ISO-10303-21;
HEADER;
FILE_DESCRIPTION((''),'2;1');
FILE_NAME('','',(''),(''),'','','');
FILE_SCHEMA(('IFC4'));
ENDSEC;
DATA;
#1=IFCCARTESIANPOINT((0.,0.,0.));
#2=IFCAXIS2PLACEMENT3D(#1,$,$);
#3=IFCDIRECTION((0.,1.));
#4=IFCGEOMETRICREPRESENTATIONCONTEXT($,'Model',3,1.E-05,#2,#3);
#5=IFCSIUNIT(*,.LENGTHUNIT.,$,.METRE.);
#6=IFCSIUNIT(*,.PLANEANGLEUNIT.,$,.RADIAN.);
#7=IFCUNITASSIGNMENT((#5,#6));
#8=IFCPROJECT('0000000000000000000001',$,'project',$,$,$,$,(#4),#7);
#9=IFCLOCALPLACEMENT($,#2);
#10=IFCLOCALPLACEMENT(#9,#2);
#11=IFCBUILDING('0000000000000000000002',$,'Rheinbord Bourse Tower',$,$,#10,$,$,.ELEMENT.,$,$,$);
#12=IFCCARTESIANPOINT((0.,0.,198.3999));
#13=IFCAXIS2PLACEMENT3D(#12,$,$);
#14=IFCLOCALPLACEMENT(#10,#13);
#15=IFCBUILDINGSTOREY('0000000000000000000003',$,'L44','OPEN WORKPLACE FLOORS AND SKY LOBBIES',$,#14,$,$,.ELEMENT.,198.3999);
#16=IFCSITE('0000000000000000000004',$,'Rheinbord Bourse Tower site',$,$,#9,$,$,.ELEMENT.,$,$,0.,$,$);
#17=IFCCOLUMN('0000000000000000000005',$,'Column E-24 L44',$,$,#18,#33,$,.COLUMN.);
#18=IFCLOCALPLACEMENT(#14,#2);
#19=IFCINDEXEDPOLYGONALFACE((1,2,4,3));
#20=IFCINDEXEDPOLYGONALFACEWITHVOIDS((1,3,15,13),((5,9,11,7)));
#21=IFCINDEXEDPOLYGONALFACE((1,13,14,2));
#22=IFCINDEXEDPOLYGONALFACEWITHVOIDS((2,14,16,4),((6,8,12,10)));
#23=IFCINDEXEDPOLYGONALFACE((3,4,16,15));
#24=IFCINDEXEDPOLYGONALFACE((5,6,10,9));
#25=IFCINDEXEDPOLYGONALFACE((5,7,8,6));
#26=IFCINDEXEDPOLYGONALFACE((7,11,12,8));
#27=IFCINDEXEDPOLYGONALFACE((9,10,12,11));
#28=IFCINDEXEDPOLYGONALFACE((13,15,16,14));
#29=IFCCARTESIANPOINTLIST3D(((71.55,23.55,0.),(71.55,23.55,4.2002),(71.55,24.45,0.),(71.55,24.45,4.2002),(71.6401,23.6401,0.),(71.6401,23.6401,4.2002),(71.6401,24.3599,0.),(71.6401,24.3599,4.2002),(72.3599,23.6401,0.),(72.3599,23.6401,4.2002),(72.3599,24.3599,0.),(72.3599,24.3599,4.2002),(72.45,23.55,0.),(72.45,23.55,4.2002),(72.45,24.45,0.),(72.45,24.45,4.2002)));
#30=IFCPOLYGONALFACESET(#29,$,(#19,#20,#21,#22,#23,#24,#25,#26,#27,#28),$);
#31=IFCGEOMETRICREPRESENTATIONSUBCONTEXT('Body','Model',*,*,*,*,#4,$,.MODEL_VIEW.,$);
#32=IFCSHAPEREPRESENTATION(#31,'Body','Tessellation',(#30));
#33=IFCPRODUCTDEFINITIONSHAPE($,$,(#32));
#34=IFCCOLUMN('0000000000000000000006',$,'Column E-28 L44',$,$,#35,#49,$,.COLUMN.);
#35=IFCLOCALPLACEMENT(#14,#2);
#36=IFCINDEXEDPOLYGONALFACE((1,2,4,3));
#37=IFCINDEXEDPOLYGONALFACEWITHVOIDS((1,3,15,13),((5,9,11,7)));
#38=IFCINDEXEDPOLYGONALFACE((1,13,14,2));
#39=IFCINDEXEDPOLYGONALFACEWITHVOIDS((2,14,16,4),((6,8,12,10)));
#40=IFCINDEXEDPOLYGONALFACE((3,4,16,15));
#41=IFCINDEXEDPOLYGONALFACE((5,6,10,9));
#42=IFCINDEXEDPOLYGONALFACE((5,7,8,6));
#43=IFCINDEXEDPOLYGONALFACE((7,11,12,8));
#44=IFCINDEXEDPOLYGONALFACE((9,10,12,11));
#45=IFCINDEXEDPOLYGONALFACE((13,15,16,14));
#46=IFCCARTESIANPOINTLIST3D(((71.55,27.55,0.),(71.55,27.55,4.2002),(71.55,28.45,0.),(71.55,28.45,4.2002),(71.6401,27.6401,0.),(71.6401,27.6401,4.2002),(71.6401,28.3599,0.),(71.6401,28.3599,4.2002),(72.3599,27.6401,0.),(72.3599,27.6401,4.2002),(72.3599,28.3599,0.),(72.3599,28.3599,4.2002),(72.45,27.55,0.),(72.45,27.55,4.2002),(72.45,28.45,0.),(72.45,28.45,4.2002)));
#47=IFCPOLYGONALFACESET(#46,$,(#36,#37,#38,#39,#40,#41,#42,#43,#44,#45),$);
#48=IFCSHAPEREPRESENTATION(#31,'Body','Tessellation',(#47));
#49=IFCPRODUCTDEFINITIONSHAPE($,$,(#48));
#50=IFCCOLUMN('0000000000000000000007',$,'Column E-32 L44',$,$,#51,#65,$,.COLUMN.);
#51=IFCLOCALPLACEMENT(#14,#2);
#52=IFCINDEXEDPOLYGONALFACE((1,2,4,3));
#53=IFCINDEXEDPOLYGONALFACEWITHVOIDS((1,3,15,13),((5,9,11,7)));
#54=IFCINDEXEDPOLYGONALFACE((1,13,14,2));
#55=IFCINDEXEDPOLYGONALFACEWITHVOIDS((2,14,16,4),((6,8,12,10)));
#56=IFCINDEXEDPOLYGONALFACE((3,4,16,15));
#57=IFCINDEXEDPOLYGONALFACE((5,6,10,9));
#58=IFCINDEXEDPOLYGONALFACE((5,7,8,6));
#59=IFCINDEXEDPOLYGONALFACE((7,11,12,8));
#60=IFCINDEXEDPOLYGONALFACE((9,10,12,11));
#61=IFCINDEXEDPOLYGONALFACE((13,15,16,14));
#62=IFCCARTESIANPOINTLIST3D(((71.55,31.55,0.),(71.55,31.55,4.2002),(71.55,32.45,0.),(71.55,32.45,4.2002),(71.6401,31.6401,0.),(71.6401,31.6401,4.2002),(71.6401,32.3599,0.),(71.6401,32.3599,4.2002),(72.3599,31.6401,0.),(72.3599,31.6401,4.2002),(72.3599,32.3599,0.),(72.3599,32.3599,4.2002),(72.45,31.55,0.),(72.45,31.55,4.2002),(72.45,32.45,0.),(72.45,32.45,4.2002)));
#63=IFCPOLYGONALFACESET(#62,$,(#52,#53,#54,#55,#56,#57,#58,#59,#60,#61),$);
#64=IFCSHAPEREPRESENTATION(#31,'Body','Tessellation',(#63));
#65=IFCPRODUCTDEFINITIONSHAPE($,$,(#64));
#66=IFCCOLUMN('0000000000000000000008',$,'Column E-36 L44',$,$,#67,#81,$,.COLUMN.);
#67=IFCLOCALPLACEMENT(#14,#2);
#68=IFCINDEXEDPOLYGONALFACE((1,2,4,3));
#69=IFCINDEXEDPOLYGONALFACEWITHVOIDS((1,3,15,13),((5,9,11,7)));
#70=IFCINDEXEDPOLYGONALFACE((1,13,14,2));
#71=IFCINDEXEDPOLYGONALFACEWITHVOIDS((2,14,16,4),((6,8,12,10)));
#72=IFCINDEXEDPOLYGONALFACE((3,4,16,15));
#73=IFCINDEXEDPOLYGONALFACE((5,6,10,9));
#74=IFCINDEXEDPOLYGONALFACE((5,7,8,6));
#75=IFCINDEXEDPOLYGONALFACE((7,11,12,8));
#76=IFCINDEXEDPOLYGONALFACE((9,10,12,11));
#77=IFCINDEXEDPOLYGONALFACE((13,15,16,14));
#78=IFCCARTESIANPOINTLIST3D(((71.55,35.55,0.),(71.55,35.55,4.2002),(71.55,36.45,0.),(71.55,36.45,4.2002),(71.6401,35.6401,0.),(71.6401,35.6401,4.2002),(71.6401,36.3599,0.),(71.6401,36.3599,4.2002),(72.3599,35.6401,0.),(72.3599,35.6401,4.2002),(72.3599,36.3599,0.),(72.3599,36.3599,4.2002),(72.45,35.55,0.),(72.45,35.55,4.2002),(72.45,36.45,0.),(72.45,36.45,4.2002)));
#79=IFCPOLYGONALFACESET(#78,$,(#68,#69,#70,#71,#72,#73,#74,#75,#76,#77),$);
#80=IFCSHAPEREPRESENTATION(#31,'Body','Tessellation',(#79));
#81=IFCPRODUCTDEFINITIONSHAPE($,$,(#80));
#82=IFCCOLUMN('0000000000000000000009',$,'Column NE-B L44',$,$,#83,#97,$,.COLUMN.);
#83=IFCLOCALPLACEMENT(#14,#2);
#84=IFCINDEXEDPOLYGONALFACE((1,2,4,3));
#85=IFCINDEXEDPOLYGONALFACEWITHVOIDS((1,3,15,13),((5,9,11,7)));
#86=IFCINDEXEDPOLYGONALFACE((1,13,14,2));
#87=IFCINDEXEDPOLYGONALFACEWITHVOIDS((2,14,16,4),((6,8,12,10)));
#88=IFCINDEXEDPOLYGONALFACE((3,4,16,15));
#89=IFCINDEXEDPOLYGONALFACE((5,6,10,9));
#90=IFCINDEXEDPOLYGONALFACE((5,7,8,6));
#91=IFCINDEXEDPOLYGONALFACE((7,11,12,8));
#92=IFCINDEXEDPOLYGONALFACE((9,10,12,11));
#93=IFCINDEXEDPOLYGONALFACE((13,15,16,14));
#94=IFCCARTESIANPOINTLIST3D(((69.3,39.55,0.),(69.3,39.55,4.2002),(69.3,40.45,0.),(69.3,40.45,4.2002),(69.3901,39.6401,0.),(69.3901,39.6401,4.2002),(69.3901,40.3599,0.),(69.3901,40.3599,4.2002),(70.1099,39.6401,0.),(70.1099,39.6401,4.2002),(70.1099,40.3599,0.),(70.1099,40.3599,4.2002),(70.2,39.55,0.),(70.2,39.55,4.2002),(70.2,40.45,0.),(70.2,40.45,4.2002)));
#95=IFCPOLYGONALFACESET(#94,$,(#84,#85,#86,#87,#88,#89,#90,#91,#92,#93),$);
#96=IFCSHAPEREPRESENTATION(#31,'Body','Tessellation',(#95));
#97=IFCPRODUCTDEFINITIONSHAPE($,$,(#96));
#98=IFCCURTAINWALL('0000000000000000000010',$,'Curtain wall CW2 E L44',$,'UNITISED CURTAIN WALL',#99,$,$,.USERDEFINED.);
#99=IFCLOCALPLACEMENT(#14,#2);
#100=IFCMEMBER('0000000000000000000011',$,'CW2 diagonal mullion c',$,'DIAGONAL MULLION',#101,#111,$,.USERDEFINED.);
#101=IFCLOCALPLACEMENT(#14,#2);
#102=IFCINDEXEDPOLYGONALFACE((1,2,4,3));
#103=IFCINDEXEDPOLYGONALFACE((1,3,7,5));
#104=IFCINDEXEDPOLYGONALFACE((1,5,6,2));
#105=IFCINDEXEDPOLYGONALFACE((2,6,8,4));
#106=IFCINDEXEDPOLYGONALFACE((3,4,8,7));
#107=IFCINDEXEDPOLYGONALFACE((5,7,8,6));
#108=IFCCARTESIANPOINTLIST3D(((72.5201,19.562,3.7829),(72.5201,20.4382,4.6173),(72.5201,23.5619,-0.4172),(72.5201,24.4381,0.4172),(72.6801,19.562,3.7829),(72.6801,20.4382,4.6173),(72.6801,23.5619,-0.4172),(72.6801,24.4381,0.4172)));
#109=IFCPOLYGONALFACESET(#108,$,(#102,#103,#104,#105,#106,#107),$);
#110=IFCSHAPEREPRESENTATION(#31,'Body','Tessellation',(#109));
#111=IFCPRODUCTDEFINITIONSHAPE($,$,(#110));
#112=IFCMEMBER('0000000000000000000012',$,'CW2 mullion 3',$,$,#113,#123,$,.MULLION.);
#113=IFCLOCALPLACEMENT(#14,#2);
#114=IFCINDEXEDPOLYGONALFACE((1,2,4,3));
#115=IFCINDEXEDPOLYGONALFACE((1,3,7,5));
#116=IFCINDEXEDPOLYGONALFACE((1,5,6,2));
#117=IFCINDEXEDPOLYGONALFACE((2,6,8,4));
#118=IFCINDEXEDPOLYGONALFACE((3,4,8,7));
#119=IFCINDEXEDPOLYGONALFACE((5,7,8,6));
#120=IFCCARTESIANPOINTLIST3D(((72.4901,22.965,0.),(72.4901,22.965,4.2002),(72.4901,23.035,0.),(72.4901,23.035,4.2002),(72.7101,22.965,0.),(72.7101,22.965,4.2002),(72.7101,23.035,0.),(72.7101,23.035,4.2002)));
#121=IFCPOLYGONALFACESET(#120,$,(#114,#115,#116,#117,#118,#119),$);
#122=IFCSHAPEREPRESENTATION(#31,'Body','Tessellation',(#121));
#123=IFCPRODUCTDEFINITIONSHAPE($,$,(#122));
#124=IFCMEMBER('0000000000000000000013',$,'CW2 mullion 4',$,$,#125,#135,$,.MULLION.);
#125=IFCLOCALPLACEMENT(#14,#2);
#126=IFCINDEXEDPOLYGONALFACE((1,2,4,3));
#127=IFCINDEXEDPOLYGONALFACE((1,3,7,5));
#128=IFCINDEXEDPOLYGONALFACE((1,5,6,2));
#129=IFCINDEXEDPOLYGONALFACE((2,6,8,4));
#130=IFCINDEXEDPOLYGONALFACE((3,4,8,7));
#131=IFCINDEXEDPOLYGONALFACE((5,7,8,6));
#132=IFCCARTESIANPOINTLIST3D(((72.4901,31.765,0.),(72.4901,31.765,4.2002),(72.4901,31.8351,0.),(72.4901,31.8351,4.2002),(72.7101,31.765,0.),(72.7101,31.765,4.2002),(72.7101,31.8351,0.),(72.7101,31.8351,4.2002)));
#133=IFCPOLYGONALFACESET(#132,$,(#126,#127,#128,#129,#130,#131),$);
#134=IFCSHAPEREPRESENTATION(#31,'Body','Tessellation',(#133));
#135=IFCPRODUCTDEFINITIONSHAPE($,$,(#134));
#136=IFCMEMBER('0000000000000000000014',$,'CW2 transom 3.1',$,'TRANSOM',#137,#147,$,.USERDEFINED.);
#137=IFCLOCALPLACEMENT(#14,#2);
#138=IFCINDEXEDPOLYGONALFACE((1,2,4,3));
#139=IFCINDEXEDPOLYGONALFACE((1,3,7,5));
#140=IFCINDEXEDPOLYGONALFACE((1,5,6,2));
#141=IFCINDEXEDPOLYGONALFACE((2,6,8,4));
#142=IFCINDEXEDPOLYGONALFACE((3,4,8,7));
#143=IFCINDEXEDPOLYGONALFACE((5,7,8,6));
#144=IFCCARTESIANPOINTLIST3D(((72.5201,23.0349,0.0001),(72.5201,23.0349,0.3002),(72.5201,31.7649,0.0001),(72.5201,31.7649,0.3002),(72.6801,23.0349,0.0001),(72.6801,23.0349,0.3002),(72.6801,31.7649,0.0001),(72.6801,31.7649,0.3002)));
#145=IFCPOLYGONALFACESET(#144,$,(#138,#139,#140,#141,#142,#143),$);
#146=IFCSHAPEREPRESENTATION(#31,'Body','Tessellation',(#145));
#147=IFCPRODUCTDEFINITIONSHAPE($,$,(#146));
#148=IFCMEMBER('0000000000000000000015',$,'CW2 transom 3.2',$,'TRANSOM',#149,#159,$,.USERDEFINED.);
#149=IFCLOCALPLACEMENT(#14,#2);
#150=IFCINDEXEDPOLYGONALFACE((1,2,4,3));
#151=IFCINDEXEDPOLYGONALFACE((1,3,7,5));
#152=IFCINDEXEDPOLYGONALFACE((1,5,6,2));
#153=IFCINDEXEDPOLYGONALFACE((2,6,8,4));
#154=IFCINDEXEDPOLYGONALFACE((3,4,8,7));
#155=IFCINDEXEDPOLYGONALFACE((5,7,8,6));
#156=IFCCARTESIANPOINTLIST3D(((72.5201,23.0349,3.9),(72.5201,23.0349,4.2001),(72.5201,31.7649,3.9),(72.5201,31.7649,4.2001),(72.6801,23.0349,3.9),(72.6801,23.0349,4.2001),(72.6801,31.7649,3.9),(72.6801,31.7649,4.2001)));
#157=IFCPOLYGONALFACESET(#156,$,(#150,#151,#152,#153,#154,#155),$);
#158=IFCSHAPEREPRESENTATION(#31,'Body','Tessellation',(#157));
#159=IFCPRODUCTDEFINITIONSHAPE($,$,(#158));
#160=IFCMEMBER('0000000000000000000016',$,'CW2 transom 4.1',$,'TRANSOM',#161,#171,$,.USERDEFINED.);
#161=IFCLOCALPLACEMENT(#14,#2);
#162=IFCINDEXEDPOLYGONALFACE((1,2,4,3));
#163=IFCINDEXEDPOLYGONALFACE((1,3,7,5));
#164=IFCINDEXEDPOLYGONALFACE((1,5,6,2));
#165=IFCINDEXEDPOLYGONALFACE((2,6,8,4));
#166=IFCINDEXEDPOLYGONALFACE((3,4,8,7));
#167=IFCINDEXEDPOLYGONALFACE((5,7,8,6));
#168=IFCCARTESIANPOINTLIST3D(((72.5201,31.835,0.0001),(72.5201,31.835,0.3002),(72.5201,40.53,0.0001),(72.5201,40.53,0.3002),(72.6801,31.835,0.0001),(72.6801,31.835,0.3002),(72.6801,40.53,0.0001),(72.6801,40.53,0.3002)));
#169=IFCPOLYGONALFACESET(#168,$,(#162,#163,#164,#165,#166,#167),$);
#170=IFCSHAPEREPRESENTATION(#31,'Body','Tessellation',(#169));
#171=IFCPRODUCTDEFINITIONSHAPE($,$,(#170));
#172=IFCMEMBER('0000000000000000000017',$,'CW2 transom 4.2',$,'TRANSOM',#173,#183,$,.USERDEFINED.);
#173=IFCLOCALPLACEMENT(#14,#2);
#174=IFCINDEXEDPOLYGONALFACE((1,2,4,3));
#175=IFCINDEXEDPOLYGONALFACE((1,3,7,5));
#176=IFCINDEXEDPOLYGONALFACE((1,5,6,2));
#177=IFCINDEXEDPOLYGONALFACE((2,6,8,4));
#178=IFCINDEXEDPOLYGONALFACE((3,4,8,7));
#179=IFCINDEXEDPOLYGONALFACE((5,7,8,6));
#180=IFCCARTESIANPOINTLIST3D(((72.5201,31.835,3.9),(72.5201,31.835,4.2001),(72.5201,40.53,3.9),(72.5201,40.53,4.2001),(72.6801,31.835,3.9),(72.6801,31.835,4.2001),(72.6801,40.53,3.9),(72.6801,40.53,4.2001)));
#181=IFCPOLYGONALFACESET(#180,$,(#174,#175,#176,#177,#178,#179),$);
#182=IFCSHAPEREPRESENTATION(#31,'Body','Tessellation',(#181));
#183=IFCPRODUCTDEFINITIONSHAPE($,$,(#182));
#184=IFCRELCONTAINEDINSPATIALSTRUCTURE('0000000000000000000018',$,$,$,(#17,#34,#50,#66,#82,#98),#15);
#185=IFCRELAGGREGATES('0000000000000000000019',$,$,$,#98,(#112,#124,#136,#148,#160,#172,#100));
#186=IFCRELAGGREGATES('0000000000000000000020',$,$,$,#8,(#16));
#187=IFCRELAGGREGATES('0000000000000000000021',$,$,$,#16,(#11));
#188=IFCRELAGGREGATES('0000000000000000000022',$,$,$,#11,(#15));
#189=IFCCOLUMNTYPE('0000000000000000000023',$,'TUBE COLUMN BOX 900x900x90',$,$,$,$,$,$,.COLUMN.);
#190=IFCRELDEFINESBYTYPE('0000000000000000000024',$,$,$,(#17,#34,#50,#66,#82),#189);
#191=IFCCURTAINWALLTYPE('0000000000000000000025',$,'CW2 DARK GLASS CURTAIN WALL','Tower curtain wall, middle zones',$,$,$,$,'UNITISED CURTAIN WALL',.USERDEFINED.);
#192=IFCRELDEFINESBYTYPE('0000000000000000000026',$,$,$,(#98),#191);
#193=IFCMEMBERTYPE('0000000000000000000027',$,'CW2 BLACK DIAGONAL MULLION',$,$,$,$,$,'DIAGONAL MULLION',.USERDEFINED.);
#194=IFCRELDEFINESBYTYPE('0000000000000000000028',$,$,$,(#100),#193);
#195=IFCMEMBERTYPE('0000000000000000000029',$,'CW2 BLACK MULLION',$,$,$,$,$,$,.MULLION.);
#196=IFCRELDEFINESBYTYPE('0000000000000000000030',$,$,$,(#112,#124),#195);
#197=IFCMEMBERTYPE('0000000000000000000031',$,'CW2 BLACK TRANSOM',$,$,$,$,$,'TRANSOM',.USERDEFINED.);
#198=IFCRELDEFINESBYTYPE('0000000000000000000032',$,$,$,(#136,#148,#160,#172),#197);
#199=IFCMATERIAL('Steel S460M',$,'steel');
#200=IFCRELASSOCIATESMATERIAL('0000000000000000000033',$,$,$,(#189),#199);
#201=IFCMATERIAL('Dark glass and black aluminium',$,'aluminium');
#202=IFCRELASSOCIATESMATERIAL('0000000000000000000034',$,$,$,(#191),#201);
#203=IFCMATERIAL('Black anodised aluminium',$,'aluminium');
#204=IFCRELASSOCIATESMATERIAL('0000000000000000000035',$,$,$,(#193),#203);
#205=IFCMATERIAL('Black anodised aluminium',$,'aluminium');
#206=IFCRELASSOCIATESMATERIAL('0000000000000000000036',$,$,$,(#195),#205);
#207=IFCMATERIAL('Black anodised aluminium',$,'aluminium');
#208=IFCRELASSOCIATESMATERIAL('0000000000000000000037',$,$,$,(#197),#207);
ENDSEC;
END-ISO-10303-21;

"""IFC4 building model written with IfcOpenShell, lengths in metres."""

from ifc_helpers import new_model, si_unit, direction, frame, origin, origin_2d, place, context, subcontext, project, spatial, rectangle, hollow_rectangle, extrude, material, material_profile, profile_set, type_object, element, aggregate, save


model = new_model("IFC4")

# Units and contexts
model_context = context("Model", 3, precision=1e-05, world=origin(), true_north=direction((0.0, 1.0)))
body_context = subcontext(model_context, "Body", "Model", "MODEL_VIEW")
ifc_project = project(units=[si_unit("LENGTHUNIT", "METRE"), si_unit("PLANEANGLEUNIT", "RADIAN")], contexts=[model_context])

# Site, building, storey
site_placement = place(None, origin())
site = spatial("IfcSite", under=ifc_project, at=site_placement, Name="Rheinbord Bourse Tower site", CompositionType="ELEMENT", RefElevation=0.0)
building_placement = place(site_placement, origin())
building = spatial("IfcBuilding", under=site, at=building_placement, Name="Rheinbord Bourse Tower", CompositionType="ELEMENT")
storey_placement = place(building_placement, frame((0.0, 0.0, 198.3999)))
storey = spatial("IfcBuildingStorey", under=building, at=storey_placement, Name="L44", Description="OPEN WORKPLACE FLOORS AND SKY LOBBIES", CompositionType="ELEMENT", Elevation=198.3999)

# Columns
ifc_material_1 = material(Name="Steel S460M", Category="steel")
ifc_material_profile_1 = material_profile(ifc_material_1, hollow_rectangle(XDim=0.8999, YDim=0.8999, WallThickness=0.0901, at=origin_2d()), Name="BOX 900x900x90")
ifc_profile_set_1 = profile_set([ifc_material_profile_1], Name="Steel S460M")
column_type = type_object("IfcColumnType", Name="TUBE COLUMN BOX 900x900x90", PredefinedType="COLUMN", material=ifc_profile_set_1)
for number, where, z_axis, x_axis, name in (
    (1, (72.0, 24.0, 0.0), (0.0, 0.0, 1.0), (1.0, 0.0, 0.0), "Column E-24 L44"),
    (2, (72.0, 28.0, 0.0), (0.0, 0.0, 1.0), (1.0, 0.0, 0.0), "Column E-28 L44"),
    (3, (72.0, 32.0, 0.0), (0.0, 0.0, 1.0), (1.0, 0.0, 0.0), "Column E-32 L44"),
    (4, (72.0, 36.0, 0.0), (0.0, 0.0, 1.0), (1.0, 0.0, 0.0), "Column E-36 L44"),
    (5, (69.75, 40.0, 0.0), (0.0, 0.0, 1.0), (1.0, 0.0, 0.0), "Column NE-B L44"),
):
    element("IfcColumn", number, at=place(storey_placement, frame(where, z_axis=z_axis, x_axis=x_axis)), inside=storey, type_object=column_type, Name=name, PredefinedType="COLUMN", context=body_context, shape_type="SweptSolid", body=[
        extrude(hollow_rectangle(XDim=0.8999, YDim=0.8999, WallThickness=0.0901, at=origin_2d()), origin(), (0.0, 0.0, 1.0), 4.2002),
    ])

# Curtain wall, members
ifc_material_2 = material(Name="Dark glass and black aluminium", Category="aluminium")
curtain_wall_type = type_object("IfcCurtainWallType", Name="CW2 DARK GLASS CURTAIN WALL", Description="Tower curtain wall, middle zones", ElementType="UNITISED CURTAIN WALL", PredefinedType="USERDEFINED", material=ifc_material_2)
curtain_wall_placement = place(storey_placement, origin())
curtain_wall = element("IfcCurtainWall", 6, at=curtain_wall_placement, inside=storey, type_object=curtain_wall_type, Name="Curtain wall CW2 E L44", ObjectType="UNITISED CURTAIN WALL", PredefinedType="USERDEFINED")
ifc_material_3 = material(Name="Black anodised aluminium", Category="aluminium")
ifc_material_profile_2 = material_profile(ifc_material_3, rectangle(XDim=0.1599, YDim=1.21, at=origin_2d()), Name="CW2 DIAGONAL MULLION 1210x160")
ifc_profile_set_2 = profile_set([ifc_material_profile_2], Name="Black anodised aluminium")
member_type_1 = type_object("IfcMemberType", Name="CW2 BLACK DIAGONAL MULLION", ElementType="DIAGONAL MULLION", PredefinedType="USERDEFINED", material=ifc_profile_set_2)
member_1_placement = place(storey_placement, frame((72.6001, 24.0, 0.0), z_axis=(0.0, -0.689638, 0.724154), x_axis=(1.0, 0.0, 0.0)))
member_1 = element("IfcMember", 7, at=member_1_placement, type_object=member_type_1, Name="CW2 diagonal mullion c", ObjectType="DIAGONAL MULLION", PredefinedType="USERDEFINED", context=body_context, shape_type="SweptSolid", body=[
    extrude(rectangle(XDim=0.1599, YDim=1.21, at=origin_2d()), origin(), (0.0, 0.0, 1.0), 5.8),
])
ifc_material_4 = material(Name="Black anodised aluminium", Category="aluminium")
ifc_material_profile_3 = material_profile(ifc_material_4, rectangle(XDim=0.22, YDim=0.0701, at=origin_2d()), Name="CW2 MULLION 70x220")
ifc_profile_set_3 = profile_set([ifc_material_profile_3], Name="Black anodised aluminium")
member_type_2 = type_object("IfcMemberType", Name="CW2 BLACK MULLION", PredefinedType="MULLION", material=ifc_profile_set_3)
member_2_placement = place(storey_placement, frame((72.6001, 23.0, 0.0), z_axis=(0.0, 0.0, 1.0), x_axis=(-1.0, 0.0, 0.0)))
member_2 = element("IfcMember", 8, at=member_2_placement, type_object=member_type_2, Name="CW2 mullion 3", PredefinedType="MULLION", context=body_context, shape_type="SweptSolid", body=[
    extrude(rectangle(XDim=0.22, YDim=0.0701, at=origin_2d()), origin(), (0.0, 0.0, 1.0), 4.2002),
])
member_3_placement = place(storey_placement, frame((72.6001, 31.8, 0.0), z_axis=(0.0, 0.0, 1.0), x_axis=(-1.0, 0.0, 0.0)))
member_3 = element("IfcMember", 9, at=member_3_placement, type_object=member_type_2, Name="CW2 mullion 4", PredefinedType="MULLION", context=body_context, shape_type="SweptSolid", body=[
    extrude(rectangle(XDim=0.22, YDim=0.0701, at=origin_2d()), origin(), (0.0, 0.0, 1.0), 4.2002),
])
ifc_material_5 = material(Name="Black anodised aluminium", Category="aluminium")
ifc_material_profile_4 = material_profile(ifc_material_5, rectangle(XDim=0.1599, YDim=0.3, at=origin_2d()), Name="CW2 TRANSOM 300x160")
ifc_profile_set_4 = profile_set([ifc_material_profile_4], Name="Black anodised aluminium")
member_type_3 = type_object("IfcMemberType", Name="CW2 BLACK TRANSOM", ElementType="TRANSOM", PredefinedType="USERDEFINED", material=ifc_profile_set_4)
member_4_placement = place(storey_placement, frame((72.6001, 23.0349, 0.1501), z_axis=(0.0, 1.0, 0.0), x_axis=(-1.0, 0.0, 0.0)))
member_4 = element("IfcMember", 10, at=member_4_placement, type_object=member_type_3, Name="CW2 transom 3.1", ObjectType="TRANSOM", PredefinedType="USERDEFINED", context=body_context, shape_type="SweptSolid", body=[
    extrude(rectangle(XDim=0.1599, YDim=0.3, at=origin_2d()), origin(), (0.0, 0.0, 1.0), 8.73),
])
member_5_placement = place(storey_placement, frame((72.6001, 23.0349, 4.05), z_axis=(0.0, 1.0, 0.0), x_axis=(-1.0, 0.0, 0.0)))
member_5 = element("IfcMember", 11, at=member_5_placement, type_object=member_type_3, Name="CW2 transom 3.2", ObjectType="TRANSOM", PredefinedType="USERDEFINED", context=body_context, shape_type="SweptSolid", body=[
    extrude(rectangle(XDim=0.1599, YDim=0.3, at=origin_2d()), origin(), (0.0, 0.0, 1.0), 8.73),
])
member_6_placement = place(storey_placement, frame((72.6001, 31.835, 0.1501), z_axis=(0.0, 1.0, 0.0), x_axis=(-1.0, 0.0, 0.0)))
member_6 = element("IfcMember", 12, at=member_6_placement, type_object=member_type_3, Name="CW2 transom 4.1", ObjectType="TRANSOM", PredefinedType="USERDEFINED", context=body_context, shape_type="SweptSolid", body=[
    extrude(rectangle(XDim=0.1599, YDim=0.3, at=origin_2d()), origin(), (0.0, 0.0, 1.0), 8.6951),
])
member_7_placement = place(storey_placement, frame((72.6001, 31.835, 4.05), z_axis=(0.0, 1.0, 0.0), x_axis=(-1.0, 0.0, 0.0)))
member_7 = element("IfcMember", 13, at=member_7_placement, type_object=member_type_3, Name="CW2 transom 4.2", ObjectType="TRANSOM", PredefinedType="USERDEFINED", context=body_context, shape_type="SweptSolid", body=[
    extrude(rectangle(XDim=0.1599, YDim=0.3, at=origin_2d()), origin(), (0.0, 0.0, 1.0), 8.6951),
])

aggregate(curtain_wall, [member_2, member_3, member_4, member_5, member_6, member_7, member_1])

save(model, "model.ifc")
